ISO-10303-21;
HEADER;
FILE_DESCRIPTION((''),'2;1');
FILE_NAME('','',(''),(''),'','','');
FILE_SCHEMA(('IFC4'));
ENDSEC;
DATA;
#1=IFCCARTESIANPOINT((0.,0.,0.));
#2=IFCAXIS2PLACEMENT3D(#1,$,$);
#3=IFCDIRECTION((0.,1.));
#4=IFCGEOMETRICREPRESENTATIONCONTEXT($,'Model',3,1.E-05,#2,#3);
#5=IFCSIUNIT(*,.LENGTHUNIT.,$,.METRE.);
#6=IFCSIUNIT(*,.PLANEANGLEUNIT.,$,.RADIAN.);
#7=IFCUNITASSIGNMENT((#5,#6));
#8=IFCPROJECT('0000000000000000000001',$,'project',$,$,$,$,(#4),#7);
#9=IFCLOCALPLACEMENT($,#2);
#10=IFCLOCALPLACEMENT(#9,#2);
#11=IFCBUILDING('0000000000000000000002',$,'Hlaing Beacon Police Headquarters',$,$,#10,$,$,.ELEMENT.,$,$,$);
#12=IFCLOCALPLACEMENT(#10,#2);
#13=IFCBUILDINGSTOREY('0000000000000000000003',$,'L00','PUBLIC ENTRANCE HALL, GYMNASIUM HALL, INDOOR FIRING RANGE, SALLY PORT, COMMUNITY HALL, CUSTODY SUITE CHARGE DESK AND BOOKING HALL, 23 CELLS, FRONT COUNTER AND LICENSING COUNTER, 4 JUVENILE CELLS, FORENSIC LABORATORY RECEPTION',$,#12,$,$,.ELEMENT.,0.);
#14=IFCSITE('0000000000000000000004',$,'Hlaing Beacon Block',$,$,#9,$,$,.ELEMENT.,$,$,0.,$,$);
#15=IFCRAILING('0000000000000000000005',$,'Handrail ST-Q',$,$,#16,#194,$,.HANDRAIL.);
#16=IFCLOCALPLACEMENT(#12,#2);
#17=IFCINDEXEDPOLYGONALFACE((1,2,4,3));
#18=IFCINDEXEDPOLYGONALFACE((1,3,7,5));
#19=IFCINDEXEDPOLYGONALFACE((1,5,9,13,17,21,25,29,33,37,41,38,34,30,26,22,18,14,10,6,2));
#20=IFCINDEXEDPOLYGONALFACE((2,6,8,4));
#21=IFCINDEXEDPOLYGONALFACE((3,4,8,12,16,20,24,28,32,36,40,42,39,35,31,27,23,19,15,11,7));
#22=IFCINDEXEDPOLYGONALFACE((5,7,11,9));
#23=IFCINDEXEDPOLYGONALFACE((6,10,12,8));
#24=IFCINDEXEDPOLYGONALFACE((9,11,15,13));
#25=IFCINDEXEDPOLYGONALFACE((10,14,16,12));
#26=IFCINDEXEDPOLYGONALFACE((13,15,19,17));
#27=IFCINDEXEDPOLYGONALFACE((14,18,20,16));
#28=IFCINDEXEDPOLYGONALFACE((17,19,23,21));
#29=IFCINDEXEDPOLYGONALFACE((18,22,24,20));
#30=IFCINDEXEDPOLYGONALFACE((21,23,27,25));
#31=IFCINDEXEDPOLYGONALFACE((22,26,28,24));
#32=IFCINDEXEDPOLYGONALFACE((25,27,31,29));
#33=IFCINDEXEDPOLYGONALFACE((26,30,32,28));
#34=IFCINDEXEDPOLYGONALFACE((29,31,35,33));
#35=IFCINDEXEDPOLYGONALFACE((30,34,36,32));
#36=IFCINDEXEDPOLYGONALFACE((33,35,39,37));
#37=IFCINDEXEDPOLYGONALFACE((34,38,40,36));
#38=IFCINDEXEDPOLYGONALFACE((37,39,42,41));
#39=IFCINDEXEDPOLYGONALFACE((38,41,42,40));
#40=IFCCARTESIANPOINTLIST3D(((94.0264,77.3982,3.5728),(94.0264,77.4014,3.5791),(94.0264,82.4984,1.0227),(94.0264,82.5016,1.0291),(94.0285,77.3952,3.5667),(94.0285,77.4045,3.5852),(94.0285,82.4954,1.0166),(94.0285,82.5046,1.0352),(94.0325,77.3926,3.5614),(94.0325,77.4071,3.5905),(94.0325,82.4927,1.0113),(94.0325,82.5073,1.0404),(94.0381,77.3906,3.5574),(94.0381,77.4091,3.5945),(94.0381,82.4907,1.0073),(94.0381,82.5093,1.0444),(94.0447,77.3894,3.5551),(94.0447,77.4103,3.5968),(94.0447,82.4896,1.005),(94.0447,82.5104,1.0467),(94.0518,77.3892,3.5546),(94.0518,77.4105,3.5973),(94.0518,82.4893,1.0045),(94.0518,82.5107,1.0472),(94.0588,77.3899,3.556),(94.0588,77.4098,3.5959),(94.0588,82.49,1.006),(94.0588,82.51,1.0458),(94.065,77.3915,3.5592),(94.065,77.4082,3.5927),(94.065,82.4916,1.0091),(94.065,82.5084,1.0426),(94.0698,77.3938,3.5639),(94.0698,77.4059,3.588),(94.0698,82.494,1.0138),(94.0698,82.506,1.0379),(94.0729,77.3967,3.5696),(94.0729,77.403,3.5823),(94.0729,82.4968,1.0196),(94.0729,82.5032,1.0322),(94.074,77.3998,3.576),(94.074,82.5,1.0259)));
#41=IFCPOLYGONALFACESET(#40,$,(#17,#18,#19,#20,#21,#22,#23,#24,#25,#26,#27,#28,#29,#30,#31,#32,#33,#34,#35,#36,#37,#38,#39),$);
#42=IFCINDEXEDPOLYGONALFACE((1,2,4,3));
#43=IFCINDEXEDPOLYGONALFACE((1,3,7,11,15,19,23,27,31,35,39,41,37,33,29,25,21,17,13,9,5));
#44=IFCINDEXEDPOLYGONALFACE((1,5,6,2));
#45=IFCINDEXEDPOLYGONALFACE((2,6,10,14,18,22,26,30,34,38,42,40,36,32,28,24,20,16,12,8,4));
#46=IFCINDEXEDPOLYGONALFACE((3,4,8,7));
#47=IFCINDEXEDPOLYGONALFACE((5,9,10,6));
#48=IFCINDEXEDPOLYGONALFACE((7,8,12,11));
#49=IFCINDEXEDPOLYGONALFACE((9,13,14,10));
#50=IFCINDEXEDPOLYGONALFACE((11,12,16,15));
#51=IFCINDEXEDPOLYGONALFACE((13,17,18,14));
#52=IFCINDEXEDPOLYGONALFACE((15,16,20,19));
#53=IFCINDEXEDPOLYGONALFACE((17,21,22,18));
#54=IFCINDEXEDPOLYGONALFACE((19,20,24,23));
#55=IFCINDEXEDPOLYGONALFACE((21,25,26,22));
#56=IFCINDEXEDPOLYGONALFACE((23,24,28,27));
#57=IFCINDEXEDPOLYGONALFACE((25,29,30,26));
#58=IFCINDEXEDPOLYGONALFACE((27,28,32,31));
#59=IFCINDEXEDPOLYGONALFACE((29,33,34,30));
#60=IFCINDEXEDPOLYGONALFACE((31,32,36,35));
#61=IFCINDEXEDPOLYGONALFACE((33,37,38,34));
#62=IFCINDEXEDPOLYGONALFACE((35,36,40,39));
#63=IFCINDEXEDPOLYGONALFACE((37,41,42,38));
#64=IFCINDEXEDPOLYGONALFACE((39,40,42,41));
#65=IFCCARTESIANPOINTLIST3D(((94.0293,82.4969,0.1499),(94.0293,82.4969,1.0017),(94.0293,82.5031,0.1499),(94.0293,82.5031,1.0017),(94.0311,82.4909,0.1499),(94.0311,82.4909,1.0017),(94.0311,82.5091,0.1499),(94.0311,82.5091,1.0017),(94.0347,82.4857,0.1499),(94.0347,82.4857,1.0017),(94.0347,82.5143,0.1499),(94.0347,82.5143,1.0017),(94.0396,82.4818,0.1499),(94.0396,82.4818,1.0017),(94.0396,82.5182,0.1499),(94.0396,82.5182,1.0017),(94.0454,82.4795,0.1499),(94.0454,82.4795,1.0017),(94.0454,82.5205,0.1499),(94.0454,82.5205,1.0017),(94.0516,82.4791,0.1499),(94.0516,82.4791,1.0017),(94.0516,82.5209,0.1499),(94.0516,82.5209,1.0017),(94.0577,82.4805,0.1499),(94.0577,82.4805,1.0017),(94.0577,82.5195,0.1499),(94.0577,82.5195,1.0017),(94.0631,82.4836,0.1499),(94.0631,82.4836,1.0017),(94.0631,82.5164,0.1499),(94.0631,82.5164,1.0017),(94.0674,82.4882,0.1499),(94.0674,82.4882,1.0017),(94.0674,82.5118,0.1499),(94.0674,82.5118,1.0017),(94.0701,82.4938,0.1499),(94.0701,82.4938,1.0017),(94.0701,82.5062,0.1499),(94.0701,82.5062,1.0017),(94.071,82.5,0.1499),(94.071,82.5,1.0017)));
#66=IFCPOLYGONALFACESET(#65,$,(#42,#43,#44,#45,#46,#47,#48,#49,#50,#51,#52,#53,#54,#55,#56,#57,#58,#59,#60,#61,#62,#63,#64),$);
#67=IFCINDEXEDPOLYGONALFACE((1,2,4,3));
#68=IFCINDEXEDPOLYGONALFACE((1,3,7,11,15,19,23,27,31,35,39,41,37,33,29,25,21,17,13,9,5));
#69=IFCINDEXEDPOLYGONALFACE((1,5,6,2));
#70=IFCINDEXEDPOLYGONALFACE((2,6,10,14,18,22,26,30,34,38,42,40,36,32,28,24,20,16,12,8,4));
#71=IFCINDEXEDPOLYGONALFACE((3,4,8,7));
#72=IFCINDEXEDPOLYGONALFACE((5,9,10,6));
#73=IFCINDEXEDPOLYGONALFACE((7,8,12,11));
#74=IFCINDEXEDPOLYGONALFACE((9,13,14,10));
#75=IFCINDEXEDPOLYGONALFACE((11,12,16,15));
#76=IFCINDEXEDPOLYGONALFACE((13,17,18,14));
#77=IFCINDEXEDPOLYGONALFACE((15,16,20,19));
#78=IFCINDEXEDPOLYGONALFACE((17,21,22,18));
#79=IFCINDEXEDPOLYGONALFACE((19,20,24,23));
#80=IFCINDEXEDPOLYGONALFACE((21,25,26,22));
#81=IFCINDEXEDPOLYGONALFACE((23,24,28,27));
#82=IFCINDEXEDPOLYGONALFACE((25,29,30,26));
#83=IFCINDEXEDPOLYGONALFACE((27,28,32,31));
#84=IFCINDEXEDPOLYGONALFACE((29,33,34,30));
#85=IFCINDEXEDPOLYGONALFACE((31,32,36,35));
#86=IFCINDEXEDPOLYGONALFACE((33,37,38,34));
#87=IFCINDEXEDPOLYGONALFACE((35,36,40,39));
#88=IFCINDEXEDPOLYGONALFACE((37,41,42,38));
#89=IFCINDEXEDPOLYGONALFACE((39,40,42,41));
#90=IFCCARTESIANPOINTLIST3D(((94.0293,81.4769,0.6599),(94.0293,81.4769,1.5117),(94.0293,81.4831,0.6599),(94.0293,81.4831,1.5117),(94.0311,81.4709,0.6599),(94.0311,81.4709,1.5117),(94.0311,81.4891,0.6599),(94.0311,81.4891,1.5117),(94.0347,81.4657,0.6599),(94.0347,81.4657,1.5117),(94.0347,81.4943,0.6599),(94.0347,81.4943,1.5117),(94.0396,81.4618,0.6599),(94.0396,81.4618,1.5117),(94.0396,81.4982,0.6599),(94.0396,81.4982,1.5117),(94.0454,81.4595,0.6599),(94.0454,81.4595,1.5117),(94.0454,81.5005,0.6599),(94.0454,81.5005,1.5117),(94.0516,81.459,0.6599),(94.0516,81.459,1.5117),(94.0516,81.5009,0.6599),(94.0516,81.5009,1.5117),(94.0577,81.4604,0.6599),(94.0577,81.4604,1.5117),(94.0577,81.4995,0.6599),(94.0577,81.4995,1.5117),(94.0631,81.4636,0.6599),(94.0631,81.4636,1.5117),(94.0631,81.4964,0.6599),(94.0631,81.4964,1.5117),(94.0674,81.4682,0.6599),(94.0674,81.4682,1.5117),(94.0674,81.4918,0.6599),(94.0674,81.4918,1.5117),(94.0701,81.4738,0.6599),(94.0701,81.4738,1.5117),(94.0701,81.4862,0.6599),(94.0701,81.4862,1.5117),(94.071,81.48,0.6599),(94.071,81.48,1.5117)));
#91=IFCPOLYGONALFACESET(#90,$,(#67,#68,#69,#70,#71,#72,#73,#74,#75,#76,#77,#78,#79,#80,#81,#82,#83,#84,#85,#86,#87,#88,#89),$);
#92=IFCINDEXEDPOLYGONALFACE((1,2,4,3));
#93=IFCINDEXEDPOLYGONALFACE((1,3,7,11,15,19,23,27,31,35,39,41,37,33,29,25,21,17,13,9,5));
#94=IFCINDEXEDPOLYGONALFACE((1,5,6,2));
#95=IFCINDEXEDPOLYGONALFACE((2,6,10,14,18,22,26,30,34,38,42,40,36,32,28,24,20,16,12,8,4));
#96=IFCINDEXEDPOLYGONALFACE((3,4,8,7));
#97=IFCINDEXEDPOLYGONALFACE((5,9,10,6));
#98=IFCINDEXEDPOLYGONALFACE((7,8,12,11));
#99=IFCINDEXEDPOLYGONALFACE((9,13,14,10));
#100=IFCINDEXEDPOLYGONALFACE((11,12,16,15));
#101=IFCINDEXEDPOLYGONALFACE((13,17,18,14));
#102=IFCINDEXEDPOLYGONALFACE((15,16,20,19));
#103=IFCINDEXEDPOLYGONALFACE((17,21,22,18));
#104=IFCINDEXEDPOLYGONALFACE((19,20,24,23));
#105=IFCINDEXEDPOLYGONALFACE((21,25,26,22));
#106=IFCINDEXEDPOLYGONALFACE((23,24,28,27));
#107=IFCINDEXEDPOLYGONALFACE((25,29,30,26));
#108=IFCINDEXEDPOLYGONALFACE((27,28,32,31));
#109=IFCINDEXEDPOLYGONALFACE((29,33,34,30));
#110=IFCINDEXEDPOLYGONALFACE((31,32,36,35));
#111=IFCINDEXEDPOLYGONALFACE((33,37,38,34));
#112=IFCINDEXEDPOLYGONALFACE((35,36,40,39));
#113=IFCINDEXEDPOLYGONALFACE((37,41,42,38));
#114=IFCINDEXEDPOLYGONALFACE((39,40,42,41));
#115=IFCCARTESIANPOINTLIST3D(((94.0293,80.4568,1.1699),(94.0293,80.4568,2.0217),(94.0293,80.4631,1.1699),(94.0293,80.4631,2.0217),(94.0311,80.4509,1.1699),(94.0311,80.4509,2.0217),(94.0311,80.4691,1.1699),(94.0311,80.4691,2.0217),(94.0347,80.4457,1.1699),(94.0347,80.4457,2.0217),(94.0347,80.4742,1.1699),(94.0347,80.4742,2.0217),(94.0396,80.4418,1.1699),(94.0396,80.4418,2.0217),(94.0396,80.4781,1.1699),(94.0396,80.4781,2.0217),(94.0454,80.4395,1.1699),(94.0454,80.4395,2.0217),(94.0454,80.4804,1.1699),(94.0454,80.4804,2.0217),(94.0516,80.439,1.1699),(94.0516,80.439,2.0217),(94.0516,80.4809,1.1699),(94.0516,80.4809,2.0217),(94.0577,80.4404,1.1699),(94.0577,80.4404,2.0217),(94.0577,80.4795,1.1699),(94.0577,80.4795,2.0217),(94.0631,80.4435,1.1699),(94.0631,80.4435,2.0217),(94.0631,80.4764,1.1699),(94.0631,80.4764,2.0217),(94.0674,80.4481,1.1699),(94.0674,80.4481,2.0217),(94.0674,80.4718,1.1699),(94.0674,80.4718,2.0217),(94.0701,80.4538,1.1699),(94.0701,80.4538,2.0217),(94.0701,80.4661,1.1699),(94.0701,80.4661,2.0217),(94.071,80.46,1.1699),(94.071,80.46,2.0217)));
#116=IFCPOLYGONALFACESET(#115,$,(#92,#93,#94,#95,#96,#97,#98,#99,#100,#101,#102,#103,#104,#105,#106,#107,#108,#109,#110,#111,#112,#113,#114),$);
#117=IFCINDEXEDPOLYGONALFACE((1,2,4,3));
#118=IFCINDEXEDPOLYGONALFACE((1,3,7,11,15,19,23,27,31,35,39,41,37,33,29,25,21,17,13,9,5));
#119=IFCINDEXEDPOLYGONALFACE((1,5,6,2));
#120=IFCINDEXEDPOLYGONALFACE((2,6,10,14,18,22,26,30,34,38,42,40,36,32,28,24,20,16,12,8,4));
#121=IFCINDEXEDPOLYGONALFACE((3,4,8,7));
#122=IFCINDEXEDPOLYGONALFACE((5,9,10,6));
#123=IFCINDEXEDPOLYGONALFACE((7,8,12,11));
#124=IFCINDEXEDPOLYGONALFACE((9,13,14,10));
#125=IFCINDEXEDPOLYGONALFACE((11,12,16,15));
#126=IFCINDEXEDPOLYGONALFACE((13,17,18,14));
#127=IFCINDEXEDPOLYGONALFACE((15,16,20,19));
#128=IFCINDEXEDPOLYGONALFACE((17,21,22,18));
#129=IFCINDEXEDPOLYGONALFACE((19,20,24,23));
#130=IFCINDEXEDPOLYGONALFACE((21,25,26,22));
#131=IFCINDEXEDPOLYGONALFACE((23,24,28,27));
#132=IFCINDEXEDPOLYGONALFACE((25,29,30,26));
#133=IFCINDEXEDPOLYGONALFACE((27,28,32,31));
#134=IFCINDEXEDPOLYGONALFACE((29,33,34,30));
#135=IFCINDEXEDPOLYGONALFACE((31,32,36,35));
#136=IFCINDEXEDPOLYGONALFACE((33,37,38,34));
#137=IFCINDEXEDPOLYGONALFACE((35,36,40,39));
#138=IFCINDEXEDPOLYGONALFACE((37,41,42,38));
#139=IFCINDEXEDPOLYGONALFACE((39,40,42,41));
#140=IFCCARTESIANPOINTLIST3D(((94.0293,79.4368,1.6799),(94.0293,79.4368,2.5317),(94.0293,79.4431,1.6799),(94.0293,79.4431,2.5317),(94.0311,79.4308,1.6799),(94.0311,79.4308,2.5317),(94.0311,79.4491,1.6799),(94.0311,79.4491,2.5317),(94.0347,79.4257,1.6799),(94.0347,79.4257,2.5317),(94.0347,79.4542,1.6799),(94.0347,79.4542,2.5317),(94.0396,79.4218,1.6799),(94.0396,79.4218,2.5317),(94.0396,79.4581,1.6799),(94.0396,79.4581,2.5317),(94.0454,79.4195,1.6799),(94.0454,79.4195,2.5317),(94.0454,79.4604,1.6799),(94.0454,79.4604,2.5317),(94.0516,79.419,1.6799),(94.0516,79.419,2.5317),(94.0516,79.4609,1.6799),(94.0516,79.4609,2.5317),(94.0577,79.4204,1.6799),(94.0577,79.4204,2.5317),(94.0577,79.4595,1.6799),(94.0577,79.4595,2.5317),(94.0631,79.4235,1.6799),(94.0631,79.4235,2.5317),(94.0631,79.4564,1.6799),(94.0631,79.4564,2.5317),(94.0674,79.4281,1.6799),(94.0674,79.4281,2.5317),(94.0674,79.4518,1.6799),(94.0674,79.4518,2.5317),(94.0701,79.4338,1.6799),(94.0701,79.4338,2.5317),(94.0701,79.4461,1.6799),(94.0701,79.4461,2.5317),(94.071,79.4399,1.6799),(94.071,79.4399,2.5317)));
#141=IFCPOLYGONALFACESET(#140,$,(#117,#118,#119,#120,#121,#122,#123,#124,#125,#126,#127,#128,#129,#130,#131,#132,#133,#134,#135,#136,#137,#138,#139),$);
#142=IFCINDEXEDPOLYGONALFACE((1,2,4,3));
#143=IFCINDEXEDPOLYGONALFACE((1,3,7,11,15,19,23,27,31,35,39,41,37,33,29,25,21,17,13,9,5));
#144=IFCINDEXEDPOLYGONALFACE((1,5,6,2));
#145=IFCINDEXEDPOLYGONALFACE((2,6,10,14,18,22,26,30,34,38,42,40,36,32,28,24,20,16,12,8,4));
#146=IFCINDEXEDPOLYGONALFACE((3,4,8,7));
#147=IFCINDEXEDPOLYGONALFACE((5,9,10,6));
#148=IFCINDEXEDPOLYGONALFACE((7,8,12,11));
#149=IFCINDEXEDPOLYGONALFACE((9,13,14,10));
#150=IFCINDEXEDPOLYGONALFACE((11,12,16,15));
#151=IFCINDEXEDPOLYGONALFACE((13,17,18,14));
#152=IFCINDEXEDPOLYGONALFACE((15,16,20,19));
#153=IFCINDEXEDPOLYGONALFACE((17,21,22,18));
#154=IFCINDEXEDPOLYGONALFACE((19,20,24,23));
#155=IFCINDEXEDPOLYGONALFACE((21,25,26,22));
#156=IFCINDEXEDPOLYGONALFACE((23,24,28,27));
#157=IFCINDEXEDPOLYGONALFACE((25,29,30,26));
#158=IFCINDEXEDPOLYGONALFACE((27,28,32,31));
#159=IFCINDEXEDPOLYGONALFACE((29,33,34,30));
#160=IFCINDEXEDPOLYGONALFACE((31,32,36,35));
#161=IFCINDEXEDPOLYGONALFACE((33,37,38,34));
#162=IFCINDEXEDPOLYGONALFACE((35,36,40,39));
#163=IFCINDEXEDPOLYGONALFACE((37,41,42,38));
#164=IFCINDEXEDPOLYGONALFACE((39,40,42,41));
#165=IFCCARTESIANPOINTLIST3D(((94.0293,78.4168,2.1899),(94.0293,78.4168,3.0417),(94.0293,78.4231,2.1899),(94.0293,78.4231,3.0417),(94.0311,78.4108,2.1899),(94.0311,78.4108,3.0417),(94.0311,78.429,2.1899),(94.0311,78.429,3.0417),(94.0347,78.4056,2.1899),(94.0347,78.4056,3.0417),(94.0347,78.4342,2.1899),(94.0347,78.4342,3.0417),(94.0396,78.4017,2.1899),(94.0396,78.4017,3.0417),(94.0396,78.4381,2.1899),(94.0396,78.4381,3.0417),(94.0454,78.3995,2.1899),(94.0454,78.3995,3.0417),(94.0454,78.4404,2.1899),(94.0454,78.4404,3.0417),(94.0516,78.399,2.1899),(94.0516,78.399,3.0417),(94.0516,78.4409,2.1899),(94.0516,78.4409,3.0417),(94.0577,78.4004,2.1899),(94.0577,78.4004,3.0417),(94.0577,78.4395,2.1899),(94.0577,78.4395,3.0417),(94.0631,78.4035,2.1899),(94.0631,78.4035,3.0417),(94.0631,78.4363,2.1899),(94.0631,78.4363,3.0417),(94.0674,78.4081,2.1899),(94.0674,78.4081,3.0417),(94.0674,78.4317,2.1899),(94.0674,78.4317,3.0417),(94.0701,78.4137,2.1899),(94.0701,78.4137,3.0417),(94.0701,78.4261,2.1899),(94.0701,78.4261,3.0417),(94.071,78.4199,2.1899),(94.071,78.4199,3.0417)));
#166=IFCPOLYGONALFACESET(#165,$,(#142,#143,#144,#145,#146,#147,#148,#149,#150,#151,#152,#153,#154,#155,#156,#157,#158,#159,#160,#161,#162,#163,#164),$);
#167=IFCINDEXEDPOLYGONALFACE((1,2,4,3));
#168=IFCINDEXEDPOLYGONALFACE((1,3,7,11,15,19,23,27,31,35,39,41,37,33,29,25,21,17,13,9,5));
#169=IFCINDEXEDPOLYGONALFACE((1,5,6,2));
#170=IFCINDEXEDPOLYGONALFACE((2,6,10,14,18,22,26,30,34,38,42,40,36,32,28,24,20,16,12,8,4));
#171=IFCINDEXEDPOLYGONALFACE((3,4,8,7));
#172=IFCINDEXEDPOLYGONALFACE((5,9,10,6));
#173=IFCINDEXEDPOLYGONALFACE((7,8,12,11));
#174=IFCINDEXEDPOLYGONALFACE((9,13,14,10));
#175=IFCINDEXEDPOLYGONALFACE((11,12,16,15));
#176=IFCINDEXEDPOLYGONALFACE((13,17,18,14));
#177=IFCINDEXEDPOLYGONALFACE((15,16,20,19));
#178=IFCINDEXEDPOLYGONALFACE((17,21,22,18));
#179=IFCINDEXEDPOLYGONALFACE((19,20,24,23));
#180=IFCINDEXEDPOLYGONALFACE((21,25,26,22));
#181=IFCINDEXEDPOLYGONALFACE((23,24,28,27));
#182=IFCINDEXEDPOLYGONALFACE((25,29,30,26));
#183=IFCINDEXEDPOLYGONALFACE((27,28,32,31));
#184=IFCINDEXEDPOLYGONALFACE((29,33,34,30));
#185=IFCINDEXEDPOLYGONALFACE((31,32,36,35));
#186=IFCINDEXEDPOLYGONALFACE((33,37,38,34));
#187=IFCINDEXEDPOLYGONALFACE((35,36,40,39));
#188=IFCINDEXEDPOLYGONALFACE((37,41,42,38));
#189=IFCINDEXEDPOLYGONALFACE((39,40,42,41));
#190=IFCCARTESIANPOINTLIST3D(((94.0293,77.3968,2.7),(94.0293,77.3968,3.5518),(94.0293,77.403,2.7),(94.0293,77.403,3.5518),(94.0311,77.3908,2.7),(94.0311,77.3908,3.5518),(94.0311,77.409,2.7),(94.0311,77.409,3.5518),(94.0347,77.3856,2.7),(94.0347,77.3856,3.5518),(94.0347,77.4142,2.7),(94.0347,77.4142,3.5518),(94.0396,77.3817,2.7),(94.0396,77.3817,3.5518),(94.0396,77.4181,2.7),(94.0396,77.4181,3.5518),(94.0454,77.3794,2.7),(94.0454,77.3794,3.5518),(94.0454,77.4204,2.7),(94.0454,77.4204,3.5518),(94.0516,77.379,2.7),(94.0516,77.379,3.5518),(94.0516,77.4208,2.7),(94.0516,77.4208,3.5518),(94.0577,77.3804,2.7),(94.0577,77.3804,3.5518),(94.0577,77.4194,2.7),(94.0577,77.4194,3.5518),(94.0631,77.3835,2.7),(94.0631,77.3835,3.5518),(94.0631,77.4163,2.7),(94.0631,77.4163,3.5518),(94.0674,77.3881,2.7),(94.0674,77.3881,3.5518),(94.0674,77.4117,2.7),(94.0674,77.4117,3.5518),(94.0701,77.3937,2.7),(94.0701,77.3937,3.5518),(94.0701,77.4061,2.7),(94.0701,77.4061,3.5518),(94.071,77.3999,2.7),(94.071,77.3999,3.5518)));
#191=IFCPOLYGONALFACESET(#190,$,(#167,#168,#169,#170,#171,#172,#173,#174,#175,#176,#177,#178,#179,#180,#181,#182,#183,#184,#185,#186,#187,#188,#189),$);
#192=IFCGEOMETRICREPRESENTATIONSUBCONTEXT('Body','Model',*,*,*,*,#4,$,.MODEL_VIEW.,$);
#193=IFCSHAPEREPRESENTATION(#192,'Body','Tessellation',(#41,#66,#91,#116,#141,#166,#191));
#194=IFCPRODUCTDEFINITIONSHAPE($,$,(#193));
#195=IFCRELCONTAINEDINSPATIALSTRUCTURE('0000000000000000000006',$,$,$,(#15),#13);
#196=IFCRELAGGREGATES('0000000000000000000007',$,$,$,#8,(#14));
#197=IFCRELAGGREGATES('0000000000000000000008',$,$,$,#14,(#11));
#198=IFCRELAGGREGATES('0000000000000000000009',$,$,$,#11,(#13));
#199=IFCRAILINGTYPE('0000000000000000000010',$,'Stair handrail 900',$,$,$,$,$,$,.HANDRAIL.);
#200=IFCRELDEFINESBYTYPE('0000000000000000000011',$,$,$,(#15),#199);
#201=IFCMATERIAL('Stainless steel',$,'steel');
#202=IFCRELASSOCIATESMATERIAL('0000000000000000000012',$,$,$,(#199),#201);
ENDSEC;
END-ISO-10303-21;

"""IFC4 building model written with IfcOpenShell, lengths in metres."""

from ifc_helpers import new_model, si_unit, direction, frame, origin, origin_2d, place, context, subcontext, project, spatial, circle, extrude, material, type_object, element, save


model = new_model("IFC4")

# Units and contexts
model_context = context("Model", 3, precision=1e-05, world=origin(), true_north=direction((0.0, 1.0)))
body_context = subcontext(model_context, "Body", "Model", "MODEL_VIEW")
ifc_project = project(units=[si_unit("LENGTHUNIT", "METRE"), si_unit("PLANEANGLEUNIT", "RADIAN")], contexts=[model_context])

# Site, building, storey
site_placement = place(None, origin())
site = spatial("IfcSite", under=ifc_project, at=site_placement, Name="Hlaing Beacon Block", CompositionType="ELEMENT", RefElevation=0.0)
building_placement = place(site_placement, origin())
building = spatial("IfcBuilding", under=site, at=building_placement, Name="Hlaing Beacon Police Headquarters", CompositionType="ELEMENT")
storey_placement = place(building_placement, origin())
storey = spatial("IfcBuildingStorey", under=building, at=storey_placement, Name="L00", Description="PUBLIC ENTRANCE HALL, GYMNASIUM HALL, INDOOR FIRING RANGE, SALLY PORT, COMMUNITY HALL, CUSTODY SUITE CHARGE DESK AND BOOKING HALL, 23 CELLS, FRONT COUNTER AND LICENSING COUNTER, 4 JUVENILE CELLS, FORENSIC LABORATORY RECEPTION", CompositionType="ELEMENT", Elevation=0.0)

# Railing
ifc_material_1 = material(Name="Stainless steel", Category="steel")
railing_type_1 = type_object("IfcRailingType", Name="Stair handrail 900", PredefinedType="HANDRAIL", material=ifc_material_1)
for number, where, name in (
    (1, (94.05, 82.5, 0.1499), "Handrail ST-Q"),
):
    element("IfcRailing", number, at=place(storey_placement, frame(where)), inside=storey, type_object=railing_type_1, Name=name, PredefinedType="HANDRAIL", context=body_context, shape_type="SweptSolid", body=[
        extrude(circle(Radius=0.0239, at=origin_2d()), frame((0.0, 0.0, 0.876), z_axis=(0.0, -0.894427, 0.447214), x_axis=(1.0, 0.0, 0.0)), (0.0, 0.0, 1.0), 5.7021),
        extrude(circle(Radius=0.021, at=origin_2d()), origin(), (0.0, 0.0, 1.0), 0.8518),
        extrude(circle(Radius=0.021, at=origin_2d()), frame((0.0, -1.02, 0.51)), (0.0, 0.0, 1.0), 0.8518),
        extrude(circle(Radius=0.021, at=origin_2d()), frame((0.0, -2.04, 1.02)), (0.0, 0.0, 1.0), 0.8518),
        extrude(circle(Radius=0.021, at=origin_2d()), frame((0.0, -3.0601, 1.53)), (0.0, 0.0, 1.0), 0.8518),
        extrude(circle(Radius=0.021, at=origin_2d()), frame((0.0, -4.0801, 2.04)), (0.0, 0.0, 1.0), 0.8518),
        extrude(circle(Radius=0.021, at=origin_2d()), frame((0.0, -5.1001, 2.55)), (0.0, 0.0, 1.0), 0.8518),
    ])

save(model, "model.ifc")
